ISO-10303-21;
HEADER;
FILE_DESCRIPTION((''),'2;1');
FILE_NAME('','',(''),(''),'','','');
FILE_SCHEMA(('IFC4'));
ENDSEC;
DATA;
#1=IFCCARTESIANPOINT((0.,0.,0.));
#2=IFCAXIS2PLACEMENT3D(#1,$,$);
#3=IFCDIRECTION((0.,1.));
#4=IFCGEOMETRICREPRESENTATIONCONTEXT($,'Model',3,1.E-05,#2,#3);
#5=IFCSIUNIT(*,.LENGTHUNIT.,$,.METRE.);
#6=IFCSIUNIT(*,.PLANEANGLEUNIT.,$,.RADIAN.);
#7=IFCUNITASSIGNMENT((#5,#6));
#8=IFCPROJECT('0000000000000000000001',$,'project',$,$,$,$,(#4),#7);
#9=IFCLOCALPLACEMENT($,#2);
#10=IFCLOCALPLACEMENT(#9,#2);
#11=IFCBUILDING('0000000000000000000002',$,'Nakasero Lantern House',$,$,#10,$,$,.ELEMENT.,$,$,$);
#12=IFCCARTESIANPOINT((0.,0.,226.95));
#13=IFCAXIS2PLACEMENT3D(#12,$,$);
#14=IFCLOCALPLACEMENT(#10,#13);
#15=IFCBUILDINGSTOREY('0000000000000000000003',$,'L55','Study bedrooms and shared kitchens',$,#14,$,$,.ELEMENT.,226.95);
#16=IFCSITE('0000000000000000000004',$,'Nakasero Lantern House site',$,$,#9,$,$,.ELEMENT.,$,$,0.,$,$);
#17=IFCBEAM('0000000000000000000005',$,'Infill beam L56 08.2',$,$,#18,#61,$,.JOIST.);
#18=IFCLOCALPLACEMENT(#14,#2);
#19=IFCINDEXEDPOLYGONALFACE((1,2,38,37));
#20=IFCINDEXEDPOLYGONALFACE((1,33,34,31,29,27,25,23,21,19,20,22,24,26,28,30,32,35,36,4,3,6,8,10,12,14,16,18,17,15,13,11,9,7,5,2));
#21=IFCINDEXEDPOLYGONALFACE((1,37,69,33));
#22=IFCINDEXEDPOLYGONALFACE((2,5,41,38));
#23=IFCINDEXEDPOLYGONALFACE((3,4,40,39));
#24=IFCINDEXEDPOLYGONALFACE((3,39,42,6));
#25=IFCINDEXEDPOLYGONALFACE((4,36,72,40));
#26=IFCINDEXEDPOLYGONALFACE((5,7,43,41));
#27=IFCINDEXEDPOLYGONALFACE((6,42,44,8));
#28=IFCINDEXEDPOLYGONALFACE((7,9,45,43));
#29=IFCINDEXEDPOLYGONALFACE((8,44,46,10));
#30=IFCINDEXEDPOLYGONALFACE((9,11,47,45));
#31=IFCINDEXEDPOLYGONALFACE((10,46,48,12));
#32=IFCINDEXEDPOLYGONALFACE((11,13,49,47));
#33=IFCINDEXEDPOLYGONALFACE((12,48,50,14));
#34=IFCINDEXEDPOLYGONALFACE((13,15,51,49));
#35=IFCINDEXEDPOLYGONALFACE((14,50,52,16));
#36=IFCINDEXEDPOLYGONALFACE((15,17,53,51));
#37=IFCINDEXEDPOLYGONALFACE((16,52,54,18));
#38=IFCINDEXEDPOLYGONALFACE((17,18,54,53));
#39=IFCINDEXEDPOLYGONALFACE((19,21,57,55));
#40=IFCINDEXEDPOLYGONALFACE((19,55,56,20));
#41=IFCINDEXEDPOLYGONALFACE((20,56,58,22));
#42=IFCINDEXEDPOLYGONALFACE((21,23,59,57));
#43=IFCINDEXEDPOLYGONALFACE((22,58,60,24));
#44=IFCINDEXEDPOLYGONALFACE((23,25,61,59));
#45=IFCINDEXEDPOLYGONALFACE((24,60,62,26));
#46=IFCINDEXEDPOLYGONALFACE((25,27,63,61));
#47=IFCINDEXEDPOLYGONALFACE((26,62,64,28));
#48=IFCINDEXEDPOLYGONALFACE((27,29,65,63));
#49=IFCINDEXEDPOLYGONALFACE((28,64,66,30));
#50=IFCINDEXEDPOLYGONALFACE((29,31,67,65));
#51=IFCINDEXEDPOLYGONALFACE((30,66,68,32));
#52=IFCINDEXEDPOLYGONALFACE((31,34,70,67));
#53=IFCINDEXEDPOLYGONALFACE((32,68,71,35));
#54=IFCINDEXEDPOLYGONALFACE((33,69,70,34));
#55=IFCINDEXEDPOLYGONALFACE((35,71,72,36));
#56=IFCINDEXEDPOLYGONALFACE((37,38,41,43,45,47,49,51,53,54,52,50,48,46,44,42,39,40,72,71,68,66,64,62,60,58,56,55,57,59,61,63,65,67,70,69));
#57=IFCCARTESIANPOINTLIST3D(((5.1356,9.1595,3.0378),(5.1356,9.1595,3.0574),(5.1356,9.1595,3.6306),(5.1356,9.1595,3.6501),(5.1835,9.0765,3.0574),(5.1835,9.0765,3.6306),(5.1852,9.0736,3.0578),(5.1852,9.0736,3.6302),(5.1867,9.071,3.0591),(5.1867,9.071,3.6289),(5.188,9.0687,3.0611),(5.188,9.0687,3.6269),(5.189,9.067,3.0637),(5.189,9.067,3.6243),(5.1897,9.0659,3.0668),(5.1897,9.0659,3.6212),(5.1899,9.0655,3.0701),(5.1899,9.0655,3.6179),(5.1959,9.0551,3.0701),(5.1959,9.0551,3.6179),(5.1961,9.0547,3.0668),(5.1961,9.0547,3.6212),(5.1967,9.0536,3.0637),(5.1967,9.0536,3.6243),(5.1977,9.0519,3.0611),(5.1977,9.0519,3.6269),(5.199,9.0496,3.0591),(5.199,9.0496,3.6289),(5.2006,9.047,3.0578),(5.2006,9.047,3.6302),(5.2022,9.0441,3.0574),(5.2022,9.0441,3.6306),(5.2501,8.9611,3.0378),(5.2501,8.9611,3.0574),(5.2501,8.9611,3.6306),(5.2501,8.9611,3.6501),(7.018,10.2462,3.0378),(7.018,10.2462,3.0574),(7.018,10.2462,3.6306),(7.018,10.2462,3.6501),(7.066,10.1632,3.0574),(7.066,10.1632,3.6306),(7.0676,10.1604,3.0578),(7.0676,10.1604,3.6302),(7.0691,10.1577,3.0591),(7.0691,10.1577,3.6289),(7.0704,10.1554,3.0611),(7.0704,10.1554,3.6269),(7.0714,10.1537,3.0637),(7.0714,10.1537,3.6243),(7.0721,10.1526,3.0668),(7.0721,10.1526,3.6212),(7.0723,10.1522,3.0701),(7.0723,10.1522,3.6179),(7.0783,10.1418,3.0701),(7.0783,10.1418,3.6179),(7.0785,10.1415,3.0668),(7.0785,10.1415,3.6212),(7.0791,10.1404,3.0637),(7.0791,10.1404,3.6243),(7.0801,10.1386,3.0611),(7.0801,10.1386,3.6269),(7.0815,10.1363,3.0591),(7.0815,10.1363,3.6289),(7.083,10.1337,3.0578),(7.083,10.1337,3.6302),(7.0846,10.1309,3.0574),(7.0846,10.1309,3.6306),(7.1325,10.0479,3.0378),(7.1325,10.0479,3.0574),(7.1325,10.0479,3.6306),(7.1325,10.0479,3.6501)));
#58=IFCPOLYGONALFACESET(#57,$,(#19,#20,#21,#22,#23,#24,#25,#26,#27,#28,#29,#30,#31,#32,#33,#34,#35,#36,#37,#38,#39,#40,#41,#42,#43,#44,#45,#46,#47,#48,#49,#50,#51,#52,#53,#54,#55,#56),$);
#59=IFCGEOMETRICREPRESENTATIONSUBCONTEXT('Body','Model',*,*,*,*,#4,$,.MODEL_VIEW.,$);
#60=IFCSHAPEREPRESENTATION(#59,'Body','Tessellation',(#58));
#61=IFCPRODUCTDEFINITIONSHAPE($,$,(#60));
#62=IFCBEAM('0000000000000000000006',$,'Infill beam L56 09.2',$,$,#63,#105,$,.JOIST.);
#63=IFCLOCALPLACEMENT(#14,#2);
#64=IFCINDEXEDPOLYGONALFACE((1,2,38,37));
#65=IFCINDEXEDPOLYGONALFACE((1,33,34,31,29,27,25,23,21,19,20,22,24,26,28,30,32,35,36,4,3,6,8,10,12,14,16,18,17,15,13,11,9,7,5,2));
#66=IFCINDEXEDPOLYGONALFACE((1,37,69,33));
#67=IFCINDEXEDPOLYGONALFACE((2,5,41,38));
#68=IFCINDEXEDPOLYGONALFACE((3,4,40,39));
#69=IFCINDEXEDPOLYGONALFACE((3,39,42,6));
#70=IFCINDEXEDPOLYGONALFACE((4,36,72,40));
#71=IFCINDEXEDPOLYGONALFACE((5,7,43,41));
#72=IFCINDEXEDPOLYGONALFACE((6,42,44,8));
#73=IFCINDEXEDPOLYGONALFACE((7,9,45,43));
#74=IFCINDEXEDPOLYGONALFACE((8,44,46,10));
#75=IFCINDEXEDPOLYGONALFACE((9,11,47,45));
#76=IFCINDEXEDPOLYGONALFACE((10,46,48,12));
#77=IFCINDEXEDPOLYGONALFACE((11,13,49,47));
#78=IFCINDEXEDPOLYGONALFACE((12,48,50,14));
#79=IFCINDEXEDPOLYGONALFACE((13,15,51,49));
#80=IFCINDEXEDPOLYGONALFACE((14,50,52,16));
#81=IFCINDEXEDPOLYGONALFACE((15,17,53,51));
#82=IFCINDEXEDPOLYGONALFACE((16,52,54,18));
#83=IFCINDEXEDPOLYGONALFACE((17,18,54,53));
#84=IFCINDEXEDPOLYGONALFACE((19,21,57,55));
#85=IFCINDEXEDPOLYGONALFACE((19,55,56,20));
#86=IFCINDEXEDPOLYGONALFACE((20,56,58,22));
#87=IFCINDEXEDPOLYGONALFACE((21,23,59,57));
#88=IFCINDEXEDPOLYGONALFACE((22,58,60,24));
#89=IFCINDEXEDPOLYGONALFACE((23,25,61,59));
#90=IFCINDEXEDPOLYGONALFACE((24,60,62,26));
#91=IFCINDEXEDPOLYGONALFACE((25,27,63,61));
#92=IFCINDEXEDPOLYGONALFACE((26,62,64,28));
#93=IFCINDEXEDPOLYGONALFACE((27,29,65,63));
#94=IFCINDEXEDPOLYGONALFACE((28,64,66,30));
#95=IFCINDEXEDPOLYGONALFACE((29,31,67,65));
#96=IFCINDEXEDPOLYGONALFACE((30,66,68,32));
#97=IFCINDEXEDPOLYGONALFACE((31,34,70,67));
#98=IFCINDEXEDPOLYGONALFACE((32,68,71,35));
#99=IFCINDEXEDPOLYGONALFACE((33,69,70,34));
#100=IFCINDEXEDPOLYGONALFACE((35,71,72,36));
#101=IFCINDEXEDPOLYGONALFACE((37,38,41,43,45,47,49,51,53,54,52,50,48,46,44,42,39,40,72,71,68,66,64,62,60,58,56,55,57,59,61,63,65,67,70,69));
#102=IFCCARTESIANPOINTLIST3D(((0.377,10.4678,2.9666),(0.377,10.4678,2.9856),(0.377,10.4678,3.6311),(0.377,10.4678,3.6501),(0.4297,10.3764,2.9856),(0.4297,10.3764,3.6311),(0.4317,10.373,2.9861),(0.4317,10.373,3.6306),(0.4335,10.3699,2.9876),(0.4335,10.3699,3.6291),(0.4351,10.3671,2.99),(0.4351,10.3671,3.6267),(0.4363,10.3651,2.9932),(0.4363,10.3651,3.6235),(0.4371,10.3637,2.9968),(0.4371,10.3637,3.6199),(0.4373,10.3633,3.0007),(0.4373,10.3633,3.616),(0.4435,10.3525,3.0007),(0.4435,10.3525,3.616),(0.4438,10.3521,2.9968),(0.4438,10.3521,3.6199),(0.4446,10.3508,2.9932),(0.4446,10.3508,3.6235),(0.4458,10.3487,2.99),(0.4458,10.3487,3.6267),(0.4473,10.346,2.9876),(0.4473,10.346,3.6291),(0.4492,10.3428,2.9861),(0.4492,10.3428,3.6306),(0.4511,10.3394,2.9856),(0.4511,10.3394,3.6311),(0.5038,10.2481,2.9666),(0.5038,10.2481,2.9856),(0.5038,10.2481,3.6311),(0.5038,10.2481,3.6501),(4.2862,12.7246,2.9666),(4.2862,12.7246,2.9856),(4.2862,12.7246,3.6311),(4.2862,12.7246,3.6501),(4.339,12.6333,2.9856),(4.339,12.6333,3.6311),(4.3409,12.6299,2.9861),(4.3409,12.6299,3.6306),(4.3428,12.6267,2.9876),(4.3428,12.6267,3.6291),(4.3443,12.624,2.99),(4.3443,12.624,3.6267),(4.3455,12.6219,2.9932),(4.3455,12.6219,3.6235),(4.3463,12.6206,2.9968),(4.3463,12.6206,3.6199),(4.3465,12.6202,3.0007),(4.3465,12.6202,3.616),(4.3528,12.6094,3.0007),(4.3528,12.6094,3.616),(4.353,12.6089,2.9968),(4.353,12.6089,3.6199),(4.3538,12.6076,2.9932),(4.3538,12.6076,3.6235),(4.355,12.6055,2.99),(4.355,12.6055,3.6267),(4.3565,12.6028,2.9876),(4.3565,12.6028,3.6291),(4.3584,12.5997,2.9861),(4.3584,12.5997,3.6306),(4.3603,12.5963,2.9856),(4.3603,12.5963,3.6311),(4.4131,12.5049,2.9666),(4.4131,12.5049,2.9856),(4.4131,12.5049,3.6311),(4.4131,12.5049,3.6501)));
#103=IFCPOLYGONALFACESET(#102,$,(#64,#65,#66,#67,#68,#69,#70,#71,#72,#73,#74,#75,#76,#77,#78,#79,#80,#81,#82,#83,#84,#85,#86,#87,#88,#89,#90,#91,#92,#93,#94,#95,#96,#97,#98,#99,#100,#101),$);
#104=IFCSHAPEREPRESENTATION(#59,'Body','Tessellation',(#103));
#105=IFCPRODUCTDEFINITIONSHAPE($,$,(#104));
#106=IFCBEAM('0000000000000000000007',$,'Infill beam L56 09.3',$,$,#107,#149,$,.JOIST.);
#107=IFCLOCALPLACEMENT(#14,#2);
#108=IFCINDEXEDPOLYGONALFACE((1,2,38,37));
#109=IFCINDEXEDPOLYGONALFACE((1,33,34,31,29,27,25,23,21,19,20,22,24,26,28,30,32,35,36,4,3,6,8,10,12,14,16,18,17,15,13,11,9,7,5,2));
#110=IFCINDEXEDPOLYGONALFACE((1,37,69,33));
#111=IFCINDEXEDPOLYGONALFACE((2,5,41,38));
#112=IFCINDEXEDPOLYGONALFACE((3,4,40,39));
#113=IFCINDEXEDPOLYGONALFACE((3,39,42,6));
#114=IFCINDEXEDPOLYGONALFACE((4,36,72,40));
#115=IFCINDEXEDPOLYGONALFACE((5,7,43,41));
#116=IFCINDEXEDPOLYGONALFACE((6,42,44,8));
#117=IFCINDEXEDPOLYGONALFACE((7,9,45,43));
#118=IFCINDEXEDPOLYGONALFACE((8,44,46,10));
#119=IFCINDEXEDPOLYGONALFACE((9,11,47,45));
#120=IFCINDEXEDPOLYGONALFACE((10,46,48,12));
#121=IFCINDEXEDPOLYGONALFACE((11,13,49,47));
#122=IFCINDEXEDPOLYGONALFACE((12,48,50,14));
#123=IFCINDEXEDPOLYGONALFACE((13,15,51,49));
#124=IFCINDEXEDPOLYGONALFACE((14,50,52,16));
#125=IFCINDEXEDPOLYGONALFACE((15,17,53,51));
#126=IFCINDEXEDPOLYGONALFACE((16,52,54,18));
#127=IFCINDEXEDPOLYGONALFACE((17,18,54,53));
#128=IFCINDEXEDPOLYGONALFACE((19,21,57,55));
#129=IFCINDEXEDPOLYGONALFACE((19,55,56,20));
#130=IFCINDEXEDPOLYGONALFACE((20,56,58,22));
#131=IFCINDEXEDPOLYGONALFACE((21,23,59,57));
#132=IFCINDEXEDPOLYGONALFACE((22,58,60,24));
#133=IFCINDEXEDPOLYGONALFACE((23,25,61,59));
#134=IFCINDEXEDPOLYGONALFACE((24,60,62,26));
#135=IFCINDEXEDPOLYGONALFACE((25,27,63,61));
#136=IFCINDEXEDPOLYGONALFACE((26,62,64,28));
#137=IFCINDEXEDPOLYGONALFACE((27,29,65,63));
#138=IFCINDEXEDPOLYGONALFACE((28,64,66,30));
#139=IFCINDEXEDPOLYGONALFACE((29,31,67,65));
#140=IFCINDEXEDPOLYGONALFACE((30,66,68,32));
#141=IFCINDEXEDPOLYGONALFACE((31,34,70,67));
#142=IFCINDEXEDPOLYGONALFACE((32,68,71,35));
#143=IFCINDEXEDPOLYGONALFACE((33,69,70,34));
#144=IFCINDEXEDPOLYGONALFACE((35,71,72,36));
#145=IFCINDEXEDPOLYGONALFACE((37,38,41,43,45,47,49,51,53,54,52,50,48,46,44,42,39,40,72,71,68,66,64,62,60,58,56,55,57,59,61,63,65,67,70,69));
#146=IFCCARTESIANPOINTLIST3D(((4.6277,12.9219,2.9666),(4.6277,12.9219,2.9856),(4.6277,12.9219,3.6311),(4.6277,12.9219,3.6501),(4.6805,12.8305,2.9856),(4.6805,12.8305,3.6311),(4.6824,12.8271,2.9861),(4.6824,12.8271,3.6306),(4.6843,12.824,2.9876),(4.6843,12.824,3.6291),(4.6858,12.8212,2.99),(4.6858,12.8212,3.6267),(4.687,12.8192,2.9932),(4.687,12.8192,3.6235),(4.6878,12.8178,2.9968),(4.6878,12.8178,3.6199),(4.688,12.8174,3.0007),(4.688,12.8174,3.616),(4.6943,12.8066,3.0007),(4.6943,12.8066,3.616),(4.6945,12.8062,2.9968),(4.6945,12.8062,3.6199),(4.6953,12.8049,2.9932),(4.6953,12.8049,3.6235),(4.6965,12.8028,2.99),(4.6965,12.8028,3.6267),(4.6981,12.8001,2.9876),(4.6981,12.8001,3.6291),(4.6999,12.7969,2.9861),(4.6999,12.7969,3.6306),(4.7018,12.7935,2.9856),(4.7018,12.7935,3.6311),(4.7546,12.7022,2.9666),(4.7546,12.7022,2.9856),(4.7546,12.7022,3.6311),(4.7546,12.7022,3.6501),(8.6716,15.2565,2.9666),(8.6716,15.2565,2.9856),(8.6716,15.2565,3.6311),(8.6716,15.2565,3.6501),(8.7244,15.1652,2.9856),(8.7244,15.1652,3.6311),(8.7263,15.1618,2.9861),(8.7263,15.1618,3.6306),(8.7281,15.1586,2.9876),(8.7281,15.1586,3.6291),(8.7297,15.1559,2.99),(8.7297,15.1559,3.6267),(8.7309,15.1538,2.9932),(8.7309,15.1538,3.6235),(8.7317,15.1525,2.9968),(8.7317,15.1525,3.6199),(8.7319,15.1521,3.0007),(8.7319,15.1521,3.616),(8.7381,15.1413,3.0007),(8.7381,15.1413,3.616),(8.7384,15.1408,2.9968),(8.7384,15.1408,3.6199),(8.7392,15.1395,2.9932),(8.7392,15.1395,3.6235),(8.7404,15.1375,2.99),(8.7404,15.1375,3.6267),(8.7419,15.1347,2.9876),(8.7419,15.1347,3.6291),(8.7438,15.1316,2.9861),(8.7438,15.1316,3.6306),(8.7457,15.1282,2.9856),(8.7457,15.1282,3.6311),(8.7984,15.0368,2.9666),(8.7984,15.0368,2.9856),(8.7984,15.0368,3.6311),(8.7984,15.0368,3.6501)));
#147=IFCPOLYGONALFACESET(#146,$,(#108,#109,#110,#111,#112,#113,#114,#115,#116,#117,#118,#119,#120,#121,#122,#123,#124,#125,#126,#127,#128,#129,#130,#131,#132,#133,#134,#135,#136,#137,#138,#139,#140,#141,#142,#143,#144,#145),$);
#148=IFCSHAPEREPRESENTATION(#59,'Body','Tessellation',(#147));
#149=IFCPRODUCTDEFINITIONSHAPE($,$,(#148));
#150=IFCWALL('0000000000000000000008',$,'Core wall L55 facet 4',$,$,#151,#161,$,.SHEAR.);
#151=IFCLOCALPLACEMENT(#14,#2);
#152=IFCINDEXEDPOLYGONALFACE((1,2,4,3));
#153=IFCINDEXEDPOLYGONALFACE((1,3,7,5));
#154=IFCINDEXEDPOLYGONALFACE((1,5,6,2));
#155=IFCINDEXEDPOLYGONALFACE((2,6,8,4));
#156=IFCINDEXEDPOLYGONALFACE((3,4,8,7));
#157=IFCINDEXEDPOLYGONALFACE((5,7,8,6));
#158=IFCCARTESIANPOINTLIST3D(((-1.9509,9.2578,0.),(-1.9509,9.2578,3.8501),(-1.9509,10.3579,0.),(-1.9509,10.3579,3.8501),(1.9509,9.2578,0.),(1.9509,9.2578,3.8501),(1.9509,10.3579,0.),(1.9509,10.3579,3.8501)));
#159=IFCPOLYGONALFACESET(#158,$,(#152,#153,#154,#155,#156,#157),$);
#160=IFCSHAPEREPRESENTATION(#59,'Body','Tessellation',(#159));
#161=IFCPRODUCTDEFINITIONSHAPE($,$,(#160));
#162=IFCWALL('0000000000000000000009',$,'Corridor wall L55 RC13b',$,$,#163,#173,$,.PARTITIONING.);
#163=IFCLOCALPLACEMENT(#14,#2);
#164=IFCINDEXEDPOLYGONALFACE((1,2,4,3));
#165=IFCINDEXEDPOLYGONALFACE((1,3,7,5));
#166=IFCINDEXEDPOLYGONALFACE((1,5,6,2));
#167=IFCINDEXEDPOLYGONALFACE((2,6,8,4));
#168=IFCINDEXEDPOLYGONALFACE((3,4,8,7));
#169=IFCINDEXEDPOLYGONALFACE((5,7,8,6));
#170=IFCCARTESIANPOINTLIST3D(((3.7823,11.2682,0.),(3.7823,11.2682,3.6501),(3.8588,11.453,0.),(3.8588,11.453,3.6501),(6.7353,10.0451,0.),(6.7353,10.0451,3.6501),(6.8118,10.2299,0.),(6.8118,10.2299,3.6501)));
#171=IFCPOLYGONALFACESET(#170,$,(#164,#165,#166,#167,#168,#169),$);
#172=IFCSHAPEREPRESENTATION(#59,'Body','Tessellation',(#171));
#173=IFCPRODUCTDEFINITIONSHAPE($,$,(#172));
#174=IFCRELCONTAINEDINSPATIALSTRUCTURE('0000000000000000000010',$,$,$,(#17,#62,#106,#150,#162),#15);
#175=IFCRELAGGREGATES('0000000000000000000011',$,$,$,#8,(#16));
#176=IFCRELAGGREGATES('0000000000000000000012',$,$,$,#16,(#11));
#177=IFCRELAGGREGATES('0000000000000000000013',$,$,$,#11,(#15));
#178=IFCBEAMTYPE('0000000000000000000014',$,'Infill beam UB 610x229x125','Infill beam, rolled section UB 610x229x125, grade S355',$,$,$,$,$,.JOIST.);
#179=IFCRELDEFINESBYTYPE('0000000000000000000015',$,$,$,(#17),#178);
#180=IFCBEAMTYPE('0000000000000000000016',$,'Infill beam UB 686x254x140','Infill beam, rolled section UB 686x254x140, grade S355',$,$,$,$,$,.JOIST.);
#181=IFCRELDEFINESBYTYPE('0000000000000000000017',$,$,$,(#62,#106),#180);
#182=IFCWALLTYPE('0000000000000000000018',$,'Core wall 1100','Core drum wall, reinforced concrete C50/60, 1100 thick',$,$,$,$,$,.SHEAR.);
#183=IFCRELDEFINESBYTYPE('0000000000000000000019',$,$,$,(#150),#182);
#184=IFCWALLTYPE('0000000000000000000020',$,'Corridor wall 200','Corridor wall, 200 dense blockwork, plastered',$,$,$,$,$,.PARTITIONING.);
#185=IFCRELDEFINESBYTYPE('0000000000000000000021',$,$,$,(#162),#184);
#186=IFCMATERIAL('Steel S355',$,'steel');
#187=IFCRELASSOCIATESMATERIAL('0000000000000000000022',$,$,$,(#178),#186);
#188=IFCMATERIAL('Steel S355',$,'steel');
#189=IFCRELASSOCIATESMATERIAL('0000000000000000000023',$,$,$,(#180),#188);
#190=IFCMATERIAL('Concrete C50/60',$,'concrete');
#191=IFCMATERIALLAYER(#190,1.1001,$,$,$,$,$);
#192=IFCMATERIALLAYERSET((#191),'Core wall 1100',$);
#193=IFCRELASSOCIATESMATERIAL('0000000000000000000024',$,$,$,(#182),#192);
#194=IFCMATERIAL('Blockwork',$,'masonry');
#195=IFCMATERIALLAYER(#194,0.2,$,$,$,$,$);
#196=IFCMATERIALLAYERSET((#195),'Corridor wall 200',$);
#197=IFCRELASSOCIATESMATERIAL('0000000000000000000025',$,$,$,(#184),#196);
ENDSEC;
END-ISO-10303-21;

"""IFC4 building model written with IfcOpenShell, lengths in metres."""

from ifc_helpers import new_model, si_unit, direction, frame, frame_2d, origin, origin_2d, place, context, subcontext, project, spatial, rectangle, i_section, extrude, material, layer, layer_set, material_profile, profile_set, type_object, element, save


model = new_model("IFC4")

# Units and contexts
model_context = context("Model", 3, precision=1e-05, world=origin(), true_north=direction((0.0, 1.0)))
body_context = subcontext(model_context, "Body", "Model", "MODEL_VIEW")
ifc_project = project(units=[si_unit("LENGTHUNIT", "METRE"), si_unit("PLANEANGLEUNIT", "RADIAN")], contexts=[model_context])

# Site, building, storey
site_placement = place(None, origin())
site = spatial("IfcSite", under=ifc_project, at=site_placement, Name="Nakasero Lantern House site", CompositionType="ELEMENT", RefElevation=0.0)
building_placement = place(site_placement, origin())
building = spatial("IfcBuilding", under=site, at=building_placement, Name="Nakasero Lantern House", CompositionType="ELEMENT")
storey_placement = place(building_placement, frame((0.0, 0.0, 226.95)))
storey = spatial("IfcBuildingStorey", under=building, at=storey_placement, Name="L55", Description="Study bedrooms and shared kitchens", CompositionType="ELEMENT", Elevation=226.95)

# Beams
ifc_material_1 = material(Name="Steel S355", Category="steel")
ifc_material_profile_1 = material_profile(ifc_material_1, i_section(OverallWidth=0.229, OverallDepth=0.6123, WebThickness=0.012, FlangeThickness=0.0195, FilletRadius=0.0127, at=origin_2d()), Name="UB 610x229x125")
ifc_profile_set_1 = profile_set([ifc_material_profile_1], Name="Steel S355")
beam_type_1 = type_object("IfcBeamType", Name="Infill beam UB 610x229x125", Description="Infill beam, rolled section UB 610x229x125, grade S355", PredefinedType="JOIST", material=ifc_profile_set_1)
beam_1_placement = place(storey_placement, frame((5.1929, 9.0603, 3.344), z_axis=(0.866043, 0.499969, 0.0), x_axis=(-0.499969, 0.866043, 0.0)))
element("IfcBeam", 1, at=beam_1_placement, inside=storey, type_object=beam_type_1, Name="Infill beam L56 08.2", PredefinedType="JOIST", context=body_context, shape_type="SweptSolid", body=[
    extrude(i_section(OverallWidth=0.229, OverallDepth=0.6123, WebThickness=0.012, FlangeThickness=0.0195, FilletRadius=0.0127, at=origin_2d()), origin(), (0.0, 0.0, 1.0), 2.1736),
])
ifc_material_2 = material(Name="Steel S355", Category="steel")
ifc_material_profile_2 = material_profile(ifc_material_2, i_section(OverallWidth=0.2537, OverallDepth=0.6836, WebThickness=0.0125, FlangeThickness=0.019, FilletRadius=0.0151, at=origin_2d()), Name="UB 686x254x140")
ifc_profile_set_2 = profile_set([ifc_material_profile_2], Name="Steel S355")
beam_type_2 = type_object("IfcBeamType", Name="Infill beam UB 686x254x140", Description="Infill beam, rolled section UB 686x254x140, grade S355", PredefinedType="JOIST", material=ifc_profile_set_2)
beam_2_placement = place(storey_placement, frame((0.4404, 10.3579, 3.3083), z_axis=(0.866038, 0.499978, 0.0), x_axis=(-0.499978, 0.866038, 0.0)))
element("IfcBeam", 2, at=beam_2_placement, inside=storey, type_object=beam_type_2, Name="Infill beam L56 09.2", PredefinedType="JOIST", context=body_context, shape_type="SweptSolid", body=[
    extrude(i_section(OverallWidth=0.2537, OverallDepth=0.6836, WebThickness=0.0125, FlangeThickness=0.019, FilletRadius=0.0151, at=origin_2d()), origin(), (0.0, 0.0, 1.0), 4.5139),
])
beam_3_placement = place(storey_placement, frame((4.6912, 12.812, 3.3083), z_axis=(0.866031, 0.499991, 0.0), x_axis=(-0.499991, 0.866031, 0.0)))
element("IfcBeam", 3, at=beam_3_placement, inside=storey, type_object=beam_type_2, Name="Infill beam L56 09.3", PredefinedType="JOIST", context=body_context, shape_type="SweptSolid", body=[
    extrude(i_section(OverallWidth=0.2537, OverallDepth=0.6836, WebThickness=0.0125, FlangeThickness=0.019, FilletRadius=0.0151, at=origin_2d()), origin(), (0.0, 0.0, 1.0), 4.6694),
])

# Walls
ifc_material_3 = material(Name="Concrete C50/60", Category="concrete")
ifc_layer_1 = layer(ifc_material_3, 1.1001)
ifc_layer_set_1 = layer_set([ifc_layer_1], Name="Core wall 1100")
wall_type_1 = type_object("IfcWallType", Name="Core wall 1100", Description="Core drum wall, reinforced concrete C50/60, 1100 thick", PredefinedType="SHEAR", material=ifc_layer_set_1)
wall_1_placement = place(storey_placement, frame((1.9509, 9.8079, 0.0), z_axis=(0.0, 0.0, 1.0), x_axis=(-1.0, 0.0, 0.0)))
element("IfcWall", 4, at=wall_1_placement, inside=storey, type_object=wall_type_1, Name="Core wall L55 facet 4", PredefinedType="SHEAR", context=body_context, shape_type="SweptSolid", body=[
    extrude(rectangle(XDim=3.9019, YDim=1.1001, at=frame_2d((1.9509, 0.0))), origin(), (0.0, 0.0, 1.0), 3.8501),
])
ifc_material_4 = material(Name="Blockwork", Category="masonry")
ifc_layer_2 = layer(ifc_material_4, 0.2)
ifc_layer_set_2 = layer_set([ifc_layer_2], Name="Corridor wall 200")
wall_type_2 = type_object("IfcWallType", Name="Corridor wall 200", Description="Corridor wall, 200 dense blockwork, plastered", PredefinedType="PARTITIONING", material=ifc_layer_set_2)
wall_2_placement = place(storey_placement, frame((3.8206, 11.3606, 0.0), z_axis=(0.0, 0.0, 1.0), x_axis=(0.923888, -0.382662, 0.0)))
element("IfcWall", 5, at=wall_2_placement, inside=storey, type_object=wall_type_2, Name="Corridor wall L55 RC13b", PredefinedType="PARTITIONING", context=body_context, shape_type="SweptSolid", body=[
    extrude(rectangle(XDim=3.1963, YDim=0.2, at=frame_2d((1.5981, 0.0))), origin(), (0.0, 0.0, 1.0), 3.6501),
])

save(model, "model.ifc")
